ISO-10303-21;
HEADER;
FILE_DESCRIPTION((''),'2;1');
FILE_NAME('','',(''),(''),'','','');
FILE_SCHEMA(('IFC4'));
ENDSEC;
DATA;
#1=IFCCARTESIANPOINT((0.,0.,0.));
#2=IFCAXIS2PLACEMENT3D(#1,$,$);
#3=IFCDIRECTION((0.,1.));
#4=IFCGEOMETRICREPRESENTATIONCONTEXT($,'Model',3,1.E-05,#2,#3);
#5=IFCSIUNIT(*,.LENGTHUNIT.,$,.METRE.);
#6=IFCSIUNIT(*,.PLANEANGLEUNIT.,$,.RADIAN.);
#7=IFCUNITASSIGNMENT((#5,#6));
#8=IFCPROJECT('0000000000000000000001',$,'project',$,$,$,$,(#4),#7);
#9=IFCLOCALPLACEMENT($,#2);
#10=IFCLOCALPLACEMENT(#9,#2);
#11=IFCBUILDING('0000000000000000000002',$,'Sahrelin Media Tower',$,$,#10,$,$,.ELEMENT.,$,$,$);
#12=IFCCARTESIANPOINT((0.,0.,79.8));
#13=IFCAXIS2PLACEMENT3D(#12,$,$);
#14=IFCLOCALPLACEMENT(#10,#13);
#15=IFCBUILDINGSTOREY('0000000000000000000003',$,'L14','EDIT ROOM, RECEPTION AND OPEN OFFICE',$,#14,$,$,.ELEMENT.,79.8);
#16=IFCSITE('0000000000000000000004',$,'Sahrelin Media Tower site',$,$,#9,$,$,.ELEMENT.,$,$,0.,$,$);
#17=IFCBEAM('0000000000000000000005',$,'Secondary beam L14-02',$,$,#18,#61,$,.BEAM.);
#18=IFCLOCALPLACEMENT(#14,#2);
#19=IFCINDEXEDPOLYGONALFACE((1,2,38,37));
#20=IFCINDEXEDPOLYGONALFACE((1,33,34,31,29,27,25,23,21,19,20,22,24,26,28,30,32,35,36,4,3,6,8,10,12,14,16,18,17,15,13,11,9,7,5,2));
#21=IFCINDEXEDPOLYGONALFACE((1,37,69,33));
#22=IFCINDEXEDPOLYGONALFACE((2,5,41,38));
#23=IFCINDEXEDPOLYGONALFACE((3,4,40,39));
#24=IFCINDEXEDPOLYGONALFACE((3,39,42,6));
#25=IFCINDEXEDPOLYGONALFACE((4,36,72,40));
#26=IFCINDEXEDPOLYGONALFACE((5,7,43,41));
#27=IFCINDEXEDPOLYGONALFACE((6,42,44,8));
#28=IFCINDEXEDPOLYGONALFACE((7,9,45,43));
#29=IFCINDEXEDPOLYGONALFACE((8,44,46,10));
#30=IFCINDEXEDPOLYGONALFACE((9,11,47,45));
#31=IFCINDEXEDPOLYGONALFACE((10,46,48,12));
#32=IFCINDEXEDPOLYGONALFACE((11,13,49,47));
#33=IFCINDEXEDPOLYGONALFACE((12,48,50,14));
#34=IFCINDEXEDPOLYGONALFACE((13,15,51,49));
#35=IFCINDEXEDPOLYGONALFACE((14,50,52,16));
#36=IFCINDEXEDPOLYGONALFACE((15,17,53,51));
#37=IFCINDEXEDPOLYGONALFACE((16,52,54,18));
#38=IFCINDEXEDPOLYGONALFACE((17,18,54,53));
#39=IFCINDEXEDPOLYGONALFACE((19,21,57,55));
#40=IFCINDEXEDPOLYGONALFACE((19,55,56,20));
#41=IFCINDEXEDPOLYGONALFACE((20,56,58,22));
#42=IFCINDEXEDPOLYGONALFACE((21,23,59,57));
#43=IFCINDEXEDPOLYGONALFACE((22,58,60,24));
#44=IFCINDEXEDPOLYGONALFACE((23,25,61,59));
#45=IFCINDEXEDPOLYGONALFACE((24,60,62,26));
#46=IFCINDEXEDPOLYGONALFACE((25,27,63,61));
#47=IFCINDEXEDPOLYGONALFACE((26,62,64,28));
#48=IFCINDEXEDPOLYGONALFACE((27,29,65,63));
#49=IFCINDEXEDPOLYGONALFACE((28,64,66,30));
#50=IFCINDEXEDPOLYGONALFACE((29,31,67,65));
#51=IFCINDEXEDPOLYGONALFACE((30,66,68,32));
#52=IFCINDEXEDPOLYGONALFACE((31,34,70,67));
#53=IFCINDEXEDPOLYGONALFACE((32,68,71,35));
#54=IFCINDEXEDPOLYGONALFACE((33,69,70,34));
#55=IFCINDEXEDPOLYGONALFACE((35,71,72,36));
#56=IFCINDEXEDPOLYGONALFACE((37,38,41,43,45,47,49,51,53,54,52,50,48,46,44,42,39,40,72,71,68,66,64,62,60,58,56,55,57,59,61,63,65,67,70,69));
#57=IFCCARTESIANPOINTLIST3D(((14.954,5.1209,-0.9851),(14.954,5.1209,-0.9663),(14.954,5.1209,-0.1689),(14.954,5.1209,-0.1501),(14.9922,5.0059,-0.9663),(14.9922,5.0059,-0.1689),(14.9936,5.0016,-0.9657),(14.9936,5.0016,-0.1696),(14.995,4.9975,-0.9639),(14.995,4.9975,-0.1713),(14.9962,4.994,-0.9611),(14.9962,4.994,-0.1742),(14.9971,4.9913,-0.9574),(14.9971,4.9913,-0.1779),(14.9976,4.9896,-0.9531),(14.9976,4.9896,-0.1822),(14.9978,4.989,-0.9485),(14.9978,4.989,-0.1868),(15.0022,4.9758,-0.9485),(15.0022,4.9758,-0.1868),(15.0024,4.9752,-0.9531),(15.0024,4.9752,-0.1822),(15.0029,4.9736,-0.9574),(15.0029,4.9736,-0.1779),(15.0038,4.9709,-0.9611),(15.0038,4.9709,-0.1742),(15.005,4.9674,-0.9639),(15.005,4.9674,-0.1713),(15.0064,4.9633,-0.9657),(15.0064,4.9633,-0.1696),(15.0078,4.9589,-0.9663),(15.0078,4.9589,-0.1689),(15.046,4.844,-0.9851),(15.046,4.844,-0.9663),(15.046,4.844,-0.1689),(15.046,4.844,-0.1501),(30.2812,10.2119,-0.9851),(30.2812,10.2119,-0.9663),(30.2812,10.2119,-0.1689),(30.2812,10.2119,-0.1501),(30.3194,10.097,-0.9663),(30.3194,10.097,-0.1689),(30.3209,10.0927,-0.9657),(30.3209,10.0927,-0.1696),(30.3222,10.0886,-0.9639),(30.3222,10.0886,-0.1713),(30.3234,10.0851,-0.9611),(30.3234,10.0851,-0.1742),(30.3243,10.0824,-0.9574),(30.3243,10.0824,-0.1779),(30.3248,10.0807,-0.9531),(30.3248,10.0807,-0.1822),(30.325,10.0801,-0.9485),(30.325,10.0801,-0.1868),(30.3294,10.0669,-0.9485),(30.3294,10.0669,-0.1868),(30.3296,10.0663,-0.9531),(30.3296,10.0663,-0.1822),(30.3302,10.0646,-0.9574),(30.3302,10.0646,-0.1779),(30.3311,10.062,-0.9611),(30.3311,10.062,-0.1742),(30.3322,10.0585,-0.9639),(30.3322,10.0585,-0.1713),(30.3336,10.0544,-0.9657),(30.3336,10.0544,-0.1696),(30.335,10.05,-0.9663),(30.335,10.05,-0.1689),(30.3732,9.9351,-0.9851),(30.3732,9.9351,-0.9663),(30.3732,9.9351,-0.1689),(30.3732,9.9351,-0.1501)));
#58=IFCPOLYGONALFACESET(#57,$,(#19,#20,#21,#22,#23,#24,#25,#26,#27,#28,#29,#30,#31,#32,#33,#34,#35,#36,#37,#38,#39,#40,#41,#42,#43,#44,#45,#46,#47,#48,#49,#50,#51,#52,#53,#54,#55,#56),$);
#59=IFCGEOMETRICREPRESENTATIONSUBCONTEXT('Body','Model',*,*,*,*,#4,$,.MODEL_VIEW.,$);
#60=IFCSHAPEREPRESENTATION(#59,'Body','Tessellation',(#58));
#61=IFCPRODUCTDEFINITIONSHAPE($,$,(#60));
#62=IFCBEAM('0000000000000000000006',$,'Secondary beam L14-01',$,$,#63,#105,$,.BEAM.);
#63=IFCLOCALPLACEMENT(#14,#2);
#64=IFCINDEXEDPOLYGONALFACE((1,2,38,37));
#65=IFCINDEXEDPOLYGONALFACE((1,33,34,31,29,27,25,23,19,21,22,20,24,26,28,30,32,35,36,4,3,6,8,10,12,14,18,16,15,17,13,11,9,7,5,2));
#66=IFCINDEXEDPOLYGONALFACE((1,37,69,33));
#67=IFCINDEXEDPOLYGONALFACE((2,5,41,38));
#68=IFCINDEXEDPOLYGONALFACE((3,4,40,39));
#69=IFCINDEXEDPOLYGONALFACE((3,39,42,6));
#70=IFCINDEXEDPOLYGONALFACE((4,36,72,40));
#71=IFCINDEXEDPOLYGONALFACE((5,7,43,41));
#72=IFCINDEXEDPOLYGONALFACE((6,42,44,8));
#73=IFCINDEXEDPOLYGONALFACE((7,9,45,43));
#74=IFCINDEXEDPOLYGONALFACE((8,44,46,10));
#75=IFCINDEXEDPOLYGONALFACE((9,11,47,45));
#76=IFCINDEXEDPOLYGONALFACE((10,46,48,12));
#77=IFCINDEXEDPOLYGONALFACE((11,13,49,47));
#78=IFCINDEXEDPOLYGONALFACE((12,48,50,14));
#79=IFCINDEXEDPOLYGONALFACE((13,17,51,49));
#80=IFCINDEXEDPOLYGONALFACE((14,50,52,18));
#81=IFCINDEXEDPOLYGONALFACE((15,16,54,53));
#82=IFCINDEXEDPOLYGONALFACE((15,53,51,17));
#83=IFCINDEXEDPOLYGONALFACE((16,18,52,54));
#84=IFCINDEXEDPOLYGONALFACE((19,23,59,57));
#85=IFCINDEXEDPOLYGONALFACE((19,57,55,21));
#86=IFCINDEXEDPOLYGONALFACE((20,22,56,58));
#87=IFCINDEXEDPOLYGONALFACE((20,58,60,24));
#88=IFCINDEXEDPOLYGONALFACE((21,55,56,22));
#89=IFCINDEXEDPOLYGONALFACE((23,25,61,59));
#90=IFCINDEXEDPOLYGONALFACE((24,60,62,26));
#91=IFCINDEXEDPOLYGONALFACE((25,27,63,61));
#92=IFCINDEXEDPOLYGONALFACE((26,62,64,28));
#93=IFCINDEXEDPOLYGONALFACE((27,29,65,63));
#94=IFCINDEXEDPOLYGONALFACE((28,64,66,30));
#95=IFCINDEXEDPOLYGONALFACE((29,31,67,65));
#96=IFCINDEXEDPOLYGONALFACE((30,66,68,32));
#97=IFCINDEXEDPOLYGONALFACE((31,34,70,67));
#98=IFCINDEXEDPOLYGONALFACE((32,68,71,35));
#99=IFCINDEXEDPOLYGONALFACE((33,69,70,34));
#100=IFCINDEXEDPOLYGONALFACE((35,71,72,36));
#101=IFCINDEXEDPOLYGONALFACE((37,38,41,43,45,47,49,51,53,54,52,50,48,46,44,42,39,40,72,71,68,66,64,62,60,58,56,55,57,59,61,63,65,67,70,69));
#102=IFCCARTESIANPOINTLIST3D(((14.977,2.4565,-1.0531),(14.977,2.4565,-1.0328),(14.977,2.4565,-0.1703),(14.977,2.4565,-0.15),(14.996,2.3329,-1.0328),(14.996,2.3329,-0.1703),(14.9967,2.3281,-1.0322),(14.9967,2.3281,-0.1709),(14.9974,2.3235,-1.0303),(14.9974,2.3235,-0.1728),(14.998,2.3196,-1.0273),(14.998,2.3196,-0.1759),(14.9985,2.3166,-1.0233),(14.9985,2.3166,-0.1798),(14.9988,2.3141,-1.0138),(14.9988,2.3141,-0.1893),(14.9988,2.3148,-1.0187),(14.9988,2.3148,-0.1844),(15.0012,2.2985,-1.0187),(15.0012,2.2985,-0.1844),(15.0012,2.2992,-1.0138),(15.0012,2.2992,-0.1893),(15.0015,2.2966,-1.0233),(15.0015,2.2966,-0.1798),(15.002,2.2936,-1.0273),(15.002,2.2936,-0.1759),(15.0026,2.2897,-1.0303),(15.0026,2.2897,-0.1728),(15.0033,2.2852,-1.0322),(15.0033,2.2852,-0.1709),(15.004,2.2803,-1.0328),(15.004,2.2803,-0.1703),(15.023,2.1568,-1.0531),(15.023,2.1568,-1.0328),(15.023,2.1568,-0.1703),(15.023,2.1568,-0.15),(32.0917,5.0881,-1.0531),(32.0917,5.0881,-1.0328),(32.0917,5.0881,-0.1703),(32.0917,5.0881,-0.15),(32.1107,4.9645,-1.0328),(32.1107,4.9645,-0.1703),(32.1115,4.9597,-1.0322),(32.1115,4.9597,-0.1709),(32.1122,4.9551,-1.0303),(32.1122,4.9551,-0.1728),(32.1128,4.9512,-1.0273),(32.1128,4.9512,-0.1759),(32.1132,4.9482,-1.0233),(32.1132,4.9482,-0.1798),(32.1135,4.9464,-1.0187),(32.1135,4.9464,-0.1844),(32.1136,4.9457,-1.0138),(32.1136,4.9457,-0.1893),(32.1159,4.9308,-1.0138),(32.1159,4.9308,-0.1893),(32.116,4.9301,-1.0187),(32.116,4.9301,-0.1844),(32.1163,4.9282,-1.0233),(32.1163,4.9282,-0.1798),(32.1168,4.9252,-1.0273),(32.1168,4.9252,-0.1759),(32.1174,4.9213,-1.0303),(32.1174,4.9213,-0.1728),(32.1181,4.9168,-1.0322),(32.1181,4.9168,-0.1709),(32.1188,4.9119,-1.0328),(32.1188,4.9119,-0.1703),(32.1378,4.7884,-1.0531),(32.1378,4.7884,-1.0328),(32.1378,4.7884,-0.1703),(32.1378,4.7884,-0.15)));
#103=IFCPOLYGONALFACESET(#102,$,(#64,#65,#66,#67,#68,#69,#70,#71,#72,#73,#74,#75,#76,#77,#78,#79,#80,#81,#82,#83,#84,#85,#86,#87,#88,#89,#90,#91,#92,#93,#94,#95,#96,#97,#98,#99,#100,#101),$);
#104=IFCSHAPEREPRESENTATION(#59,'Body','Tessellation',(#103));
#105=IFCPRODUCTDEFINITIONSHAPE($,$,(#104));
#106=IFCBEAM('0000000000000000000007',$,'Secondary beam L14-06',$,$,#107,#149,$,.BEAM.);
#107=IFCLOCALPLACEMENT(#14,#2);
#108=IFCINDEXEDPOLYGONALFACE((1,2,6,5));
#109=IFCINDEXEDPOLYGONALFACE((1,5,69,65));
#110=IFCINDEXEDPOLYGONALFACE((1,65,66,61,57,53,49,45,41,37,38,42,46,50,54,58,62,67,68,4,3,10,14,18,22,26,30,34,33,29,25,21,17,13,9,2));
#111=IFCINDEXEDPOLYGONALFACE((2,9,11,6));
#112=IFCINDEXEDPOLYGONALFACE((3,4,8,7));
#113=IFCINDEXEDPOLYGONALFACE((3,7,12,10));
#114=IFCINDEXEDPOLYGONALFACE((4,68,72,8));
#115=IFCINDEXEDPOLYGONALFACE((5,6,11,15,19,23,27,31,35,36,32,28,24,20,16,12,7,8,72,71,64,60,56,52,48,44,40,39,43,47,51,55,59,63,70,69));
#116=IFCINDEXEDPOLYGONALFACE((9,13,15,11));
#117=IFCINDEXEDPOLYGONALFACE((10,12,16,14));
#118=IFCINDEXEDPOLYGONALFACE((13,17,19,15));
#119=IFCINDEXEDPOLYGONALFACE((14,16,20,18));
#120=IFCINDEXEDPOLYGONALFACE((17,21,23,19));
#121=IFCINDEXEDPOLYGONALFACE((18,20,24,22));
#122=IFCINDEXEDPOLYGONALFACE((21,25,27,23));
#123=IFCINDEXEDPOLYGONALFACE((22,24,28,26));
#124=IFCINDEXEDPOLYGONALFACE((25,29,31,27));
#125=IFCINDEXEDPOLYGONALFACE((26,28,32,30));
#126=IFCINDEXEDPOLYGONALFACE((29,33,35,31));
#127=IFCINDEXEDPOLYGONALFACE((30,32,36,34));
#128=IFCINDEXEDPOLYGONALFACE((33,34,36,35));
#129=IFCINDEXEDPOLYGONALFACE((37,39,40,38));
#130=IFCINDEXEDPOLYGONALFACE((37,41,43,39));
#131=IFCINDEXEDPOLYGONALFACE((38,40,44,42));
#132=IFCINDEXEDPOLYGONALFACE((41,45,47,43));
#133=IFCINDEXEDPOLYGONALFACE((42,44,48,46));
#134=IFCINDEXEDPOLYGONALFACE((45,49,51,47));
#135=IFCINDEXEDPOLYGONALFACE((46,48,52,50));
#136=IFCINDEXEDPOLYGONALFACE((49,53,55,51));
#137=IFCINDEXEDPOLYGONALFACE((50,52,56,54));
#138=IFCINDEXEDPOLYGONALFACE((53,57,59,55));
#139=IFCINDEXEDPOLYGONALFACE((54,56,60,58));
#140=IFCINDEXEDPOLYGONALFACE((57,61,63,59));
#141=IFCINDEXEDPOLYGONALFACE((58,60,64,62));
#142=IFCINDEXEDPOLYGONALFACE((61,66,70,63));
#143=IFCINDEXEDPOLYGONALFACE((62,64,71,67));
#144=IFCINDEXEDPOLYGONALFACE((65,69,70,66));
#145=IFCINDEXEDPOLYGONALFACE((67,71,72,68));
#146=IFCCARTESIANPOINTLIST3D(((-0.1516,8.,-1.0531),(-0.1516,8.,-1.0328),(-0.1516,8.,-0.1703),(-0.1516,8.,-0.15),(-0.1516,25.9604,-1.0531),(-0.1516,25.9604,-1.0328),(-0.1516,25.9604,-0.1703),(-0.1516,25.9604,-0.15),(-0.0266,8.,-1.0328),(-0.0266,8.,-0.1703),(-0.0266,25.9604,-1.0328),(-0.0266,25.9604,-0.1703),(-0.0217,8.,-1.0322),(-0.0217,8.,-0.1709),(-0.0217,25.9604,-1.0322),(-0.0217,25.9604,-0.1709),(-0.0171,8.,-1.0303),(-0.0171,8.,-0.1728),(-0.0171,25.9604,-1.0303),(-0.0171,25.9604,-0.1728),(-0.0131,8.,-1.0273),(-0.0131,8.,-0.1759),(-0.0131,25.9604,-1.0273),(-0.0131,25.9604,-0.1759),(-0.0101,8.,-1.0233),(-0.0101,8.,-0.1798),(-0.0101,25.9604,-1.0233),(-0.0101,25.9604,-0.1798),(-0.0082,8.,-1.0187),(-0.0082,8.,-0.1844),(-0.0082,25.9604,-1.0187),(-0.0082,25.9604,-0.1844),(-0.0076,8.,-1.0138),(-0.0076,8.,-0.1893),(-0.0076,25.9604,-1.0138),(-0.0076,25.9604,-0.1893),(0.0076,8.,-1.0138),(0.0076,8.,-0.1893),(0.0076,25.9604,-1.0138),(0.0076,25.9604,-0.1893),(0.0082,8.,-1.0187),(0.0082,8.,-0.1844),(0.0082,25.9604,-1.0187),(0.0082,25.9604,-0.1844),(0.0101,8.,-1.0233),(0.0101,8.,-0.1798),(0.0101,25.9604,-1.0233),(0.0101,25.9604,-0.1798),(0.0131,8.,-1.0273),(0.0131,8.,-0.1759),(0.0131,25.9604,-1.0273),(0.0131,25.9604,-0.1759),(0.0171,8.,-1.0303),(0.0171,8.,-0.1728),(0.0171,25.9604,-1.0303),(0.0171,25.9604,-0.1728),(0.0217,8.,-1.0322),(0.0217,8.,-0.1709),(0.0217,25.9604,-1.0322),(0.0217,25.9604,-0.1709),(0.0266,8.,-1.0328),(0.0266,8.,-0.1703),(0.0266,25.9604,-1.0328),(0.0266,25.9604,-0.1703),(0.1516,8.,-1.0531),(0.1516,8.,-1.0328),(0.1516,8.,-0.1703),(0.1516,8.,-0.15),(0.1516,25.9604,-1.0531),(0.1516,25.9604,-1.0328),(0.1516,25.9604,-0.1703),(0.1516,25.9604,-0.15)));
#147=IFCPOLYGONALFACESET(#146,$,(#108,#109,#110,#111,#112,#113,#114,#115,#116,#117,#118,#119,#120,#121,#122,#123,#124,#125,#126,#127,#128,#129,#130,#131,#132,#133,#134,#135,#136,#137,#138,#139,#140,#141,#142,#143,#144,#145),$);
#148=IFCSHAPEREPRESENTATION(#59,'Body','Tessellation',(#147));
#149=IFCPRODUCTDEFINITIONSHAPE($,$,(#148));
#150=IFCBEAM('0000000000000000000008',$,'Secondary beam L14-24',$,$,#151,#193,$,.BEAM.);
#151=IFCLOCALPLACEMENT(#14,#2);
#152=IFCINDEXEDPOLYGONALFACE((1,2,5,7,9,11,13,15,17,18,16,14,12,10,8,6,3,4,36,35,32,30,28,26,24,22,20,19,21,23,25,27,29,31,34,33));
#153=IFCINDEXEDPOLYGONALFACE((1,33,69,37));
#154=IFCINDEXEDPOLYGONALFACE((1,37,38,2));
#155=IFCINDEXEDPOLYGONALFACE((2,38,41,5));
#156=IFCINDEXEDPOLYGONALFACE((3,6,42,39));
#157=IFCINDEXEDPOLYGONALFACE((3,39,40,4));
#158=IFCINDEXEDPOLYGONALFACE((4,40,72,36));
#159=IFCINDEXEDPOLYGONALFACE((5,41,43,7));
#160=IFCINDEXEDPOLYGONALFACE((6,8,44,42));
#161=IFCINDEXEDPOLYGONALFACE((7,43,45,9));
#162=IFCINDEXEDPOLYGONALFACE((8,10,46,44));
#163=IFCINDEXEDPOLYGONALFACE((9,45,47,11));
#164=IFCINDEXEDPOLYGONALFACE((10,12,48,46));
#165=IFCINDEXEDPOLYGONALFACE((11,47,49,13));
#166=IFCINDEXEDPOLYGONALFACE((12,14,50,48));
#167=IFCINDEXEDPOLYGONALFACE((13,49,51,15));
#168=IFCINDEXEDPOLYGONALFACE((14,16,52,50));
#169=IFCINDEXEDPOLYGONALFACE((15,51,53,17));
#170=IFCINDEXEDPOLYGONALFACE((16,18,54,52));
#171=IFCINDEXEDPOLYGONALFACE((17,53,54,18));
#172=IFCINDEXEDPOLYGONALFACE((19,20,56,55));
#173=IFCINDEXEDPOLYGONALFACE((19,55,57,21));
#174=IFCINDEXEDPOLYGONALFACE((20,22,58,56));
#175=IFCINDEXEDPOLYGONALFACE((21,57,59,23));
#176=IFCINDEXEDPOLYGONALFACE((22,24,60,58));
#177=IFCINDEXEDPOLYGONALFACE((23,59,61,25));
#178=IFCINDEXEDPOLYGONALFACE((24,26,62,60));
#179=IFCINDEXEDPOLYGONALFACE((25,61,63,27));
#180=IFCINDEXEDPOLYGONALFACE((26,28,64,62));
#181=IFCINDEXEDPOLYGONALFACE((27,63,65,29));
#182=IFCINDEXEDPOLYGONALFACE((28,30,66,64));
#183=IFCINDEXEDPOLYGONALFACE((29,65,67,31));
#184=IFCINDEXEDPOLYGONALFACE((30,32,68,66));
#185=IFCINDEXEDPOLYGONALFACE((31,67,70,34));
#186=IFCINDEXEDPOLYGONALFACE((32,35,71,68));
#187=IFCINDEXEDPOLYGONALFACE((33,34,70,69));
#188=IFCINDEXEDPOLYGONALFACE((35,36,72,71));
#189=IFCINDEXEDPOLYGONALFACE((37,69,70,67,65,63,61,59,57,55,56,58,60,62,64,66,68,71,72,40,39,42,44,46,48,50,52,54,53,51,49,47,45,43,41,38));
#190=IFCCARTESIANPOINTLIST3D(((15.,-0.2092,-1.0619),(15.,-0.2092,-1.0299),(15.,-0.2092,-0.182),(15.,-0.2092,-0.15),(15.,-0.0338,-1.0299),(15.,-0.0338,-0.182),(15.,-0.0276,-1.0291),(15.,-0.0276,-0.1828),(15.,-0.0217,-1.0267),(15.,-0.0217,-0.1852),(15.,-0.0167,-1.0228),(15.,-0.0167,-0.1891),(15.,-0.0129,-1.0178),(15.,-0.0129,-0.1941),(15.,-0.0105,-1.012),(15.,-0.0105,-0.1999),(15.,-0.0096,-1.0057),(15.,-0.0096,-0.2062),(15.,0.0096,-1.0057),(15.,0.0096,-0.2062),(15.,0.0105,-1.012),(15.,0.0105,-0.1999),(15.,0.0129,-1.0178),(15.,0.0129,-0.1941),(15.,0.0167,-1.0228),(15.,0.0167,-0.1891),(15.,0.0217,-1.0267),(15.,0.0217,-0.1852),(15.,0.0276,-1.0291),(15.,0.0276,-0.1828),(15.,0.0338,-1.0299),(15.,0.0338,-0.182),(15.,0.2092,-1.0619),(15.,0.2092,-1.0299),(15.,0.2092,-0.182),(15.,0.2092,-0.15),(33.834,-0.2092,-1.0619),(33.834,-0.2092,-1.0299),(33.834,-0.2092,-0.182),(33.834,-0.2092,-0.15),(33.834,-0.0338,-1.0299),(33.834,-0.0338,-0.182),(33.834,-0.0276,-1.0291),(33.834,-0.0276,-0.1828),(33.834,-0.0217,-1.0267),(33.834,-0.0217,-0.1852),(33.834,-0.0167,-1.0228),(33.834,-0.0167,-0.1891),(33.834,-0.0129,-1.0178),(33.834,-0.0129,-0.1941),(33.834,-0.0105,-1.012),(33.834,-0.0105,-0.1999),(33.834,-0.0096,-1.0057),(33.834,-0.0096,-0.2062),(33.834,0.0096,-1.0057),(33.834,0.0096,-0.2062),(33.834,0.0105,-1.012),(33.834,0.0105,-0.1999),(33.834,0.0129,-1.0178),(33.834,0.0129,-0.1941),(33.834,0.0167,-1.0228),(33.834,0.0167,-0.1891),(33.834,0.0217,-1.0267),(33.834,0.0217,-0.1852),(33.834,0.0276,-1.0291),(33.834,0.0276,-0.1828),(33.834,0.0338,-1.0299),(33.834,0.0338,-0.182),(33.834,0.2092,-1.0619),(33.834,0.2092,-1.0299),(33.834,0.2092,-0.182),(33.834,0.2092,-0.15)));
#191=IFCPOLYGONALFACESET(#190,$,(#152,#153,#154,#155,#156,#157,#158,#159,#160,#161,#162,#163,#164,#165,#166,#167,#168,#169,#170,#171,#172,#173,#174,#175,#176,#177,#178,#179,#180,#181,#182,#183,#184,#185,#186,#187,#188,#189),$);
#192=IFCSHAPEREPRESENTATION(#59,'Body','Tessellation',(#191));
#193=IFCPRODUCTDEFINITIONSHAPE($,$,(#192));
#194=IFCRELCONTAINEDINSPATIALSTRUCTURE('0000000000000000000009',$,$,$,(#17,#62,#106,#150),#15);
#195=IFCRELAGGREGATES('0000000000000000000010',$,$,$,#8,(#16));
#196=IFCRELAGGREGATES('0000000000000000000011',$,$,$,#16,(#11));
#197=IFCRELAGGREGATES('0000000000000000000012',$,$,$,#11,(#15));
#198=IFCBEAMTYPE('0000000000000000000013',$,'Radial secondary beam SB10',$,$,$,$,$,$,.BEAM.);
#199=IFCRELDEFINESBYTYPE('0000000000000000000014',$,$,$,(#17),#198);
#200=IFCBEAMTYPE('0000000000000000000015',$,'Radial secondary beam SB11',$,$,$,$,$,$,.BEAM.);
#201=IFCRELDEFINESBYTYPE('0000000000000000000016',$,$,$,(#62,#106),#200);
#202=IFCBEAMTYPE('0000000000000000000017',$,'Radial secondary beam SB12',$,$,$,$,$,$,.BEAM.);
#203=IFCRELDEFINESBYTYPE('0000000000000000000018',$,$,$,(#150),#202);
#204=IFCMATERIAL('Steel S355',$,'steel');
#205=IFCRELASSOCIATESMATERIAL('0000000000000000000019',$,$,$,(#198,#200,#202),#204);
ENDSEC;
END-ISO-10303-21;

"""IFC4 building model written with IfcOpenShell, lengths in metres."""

from ifc_helpers import new_model, si_unit, direction, frame, origin, origin_2d, place, context, subcontext, project, spatial, i_section, extrude, material, material_profile, profile_set, type_object, element, save


model = new_model("IFC4")

# Units and contexts
model_context = context("Model", 3, precision=1e-05, world=origin(), true_north=direction((0.0, 1.0)))
body_context = subcontext(model_context, "Body", "Model", "MODEL_VIEW")
ifc_project = project(units=[si_unit("LENGTHUNIT", "METRE"), si_unit("PLANEANGLEUNIT", "RADIAN")], contexts=[model_context])

# Site, building, storey
site_placement = place(None, origin())
site = spatial("IfcSite", under=ifc_project, at=site_placement, Name="Sahrelin Media Tower site", CompositionType="ELEMENT", RefElevation=0.0)
building_placement = place(site_placement, origin())
building = spatial("IfcBuilding", under=site, at=building_placement, Name="Sahrelin Media Tower", CompositionType="ELEMENT")
storey_placement = place(building_placement, frame((0.0, 0.0, 79.8)))
storey = spatial("IfcBuildingStorey", under=building, at=storey_placement, Name="L14", Description="EDIT ROOM, RECEPTION AND OPEN OFFICE", CompositionType="ELEMENT", Elevation=79.8)

# Beams
ifc_material_1 = material(Name="Steel S355", Category="steel")
ifc_material_profile_1 = material_profile(ifc_material_1, i_section(OverallWidth=0.2917, OverallDepth=0.835, WebThickness=0.0139, FlangeThickness=0.0188, FilletRadius=0.0178, at=origin_2d()), Name="UB 838x292x176")
ifc_profile_set_1 = profile_set([ifc_material_profile_1], Name="Steel S355")
beam_type_1 = type_object("IfcBeamType", Name="Radial secondary beam SB10", PredefinedType="BEAM", material=ifc_profile_set_1)
beam_1_placement = place(storey_placement, frame((15.0, 4.9824, -0.5676), z_axis=(0.949017, 0.315225, 0.0), x_axis=(-0.315225, 0.949017, 0.0)))
element("IfcBeam", 1, at=beam_1_placement, inside=storey, type_object=beam_type_1, Name="Secondary beam L14-02", PredefinedType="BEAM", context=body_context, shape_type="SweptSolid", body=[
    extrude(i_section(OverallWidth=0.2917, OverallDepth=0.835, WebThickness=0.0139, FlangeThickness=0.0188, FilletRadius=0.0178, at=origin_2d()), origin(), (0.0, 0.0, 1.0), 16.1506),
])
ifc_material_profile_2 = material_profile(ifc_material_1, i_section(OverallWidth=0.3032, OverallDepth=0.9031, WebThickness=0.0151, FlangeThickness=0.0203, FilletRadius=0.019, at=origin_2d()), Name="UB 914x305x201")
ifc_profile_set_2 = profile_set([ifc_material_profile_2], Name="Steel S355")
beam_type_2 = type_object("IfcBeamType", Name="Radial secondary beam SB11", PredefinedType="BEAM", material=ifc_profile_set_2)
beam_2_placement = place(storey_placement, frame((15.0, 2.3066, -0.6016), z_axis=(0.988384, 0.151976, 0.0), x_axis=(-0.151976, 0.988384, 0.0)))
element("IfcBeam", 2, at=beam_2_placement, inside=storey, type_object=beam_type_2, Name="Secondary beam L14-01", PredefinedType="BEAM", context=body_context, shape_type="SweptSolid", body=[
    extrude(i_section(OverallWidth=0.3032, OverallDepth=0.9031, WebThickness=0.0151, FlangeThickness=0.0203, FilletRadius=0.019, at=origin_2d()), origin(), (0.0, 0.0, 1.0), 17.3159),
])
beam_3_placement = place(storey_placement, frame((0.0, 8.0, -0.6016), z_axis=(0.0, 1.0, 0.0), x_axis=(-1.0, 0.0, 0.0)))
element("IfcBeam", 3, at=beam_3_placement, inside=storey, type_object=beam_type_2, Name="Secondary beam L14-06", PredefinedType="BEAM", context=body_context, shape_type="SweptSolid", body=[
    extrude(i_section(OverallWidth=0.3032, OverallDepth=0.9031, WebThickness=0.0151, FlangeThickness=0.0203, FilletRadius=0.019, at=origin_2d()), origin(), (0.0, 0.0, 1.0), 17.9604),
])
ifc_material_profile_3 = material_profile(ifc_material_1, i_section(OverallWidth=0.4185, OverallDepth=0.9119, WebThickness=0.0193, FlangeThickness=0.032, FilletRadius=0.0242, at=origin_2d()), Name="UB 914x419x343")
ifc_profile_set_3 = profile_set([ifc_material_profile_3], Name="Steel S355")
beam_type_3 = type_object("IfcBeamType", Name="Radial secondary beam SB12", PredefinedType="BEAM", material=ifc_profile_set_3)
beam_4_placement = place(storey_placement, frame((15.0, 0.0, -0.606), z_axis=(1.0, 0.0, 0.0), x_axis=(0.0, 1.0, 0.0)))
element("IfcBeam", 4, at=beam_4_placement, inside=storey, type_object=beam_type_3, Name="Secondary beam L14-24", PredefinedType="BEAM", context=body_context, shape_type="SweptSolid", body=[
    extrude(i_section(OverallWidth=0.4185, OverallDepth=0.9119, WebThickness=0.0193, FlangeThickness=0.032, FilletRadius=0.0242, at=origin_2d()), origin(), (0.0, 0.0, 1.0), 18.834),
])

save(model, "model.ifc")
